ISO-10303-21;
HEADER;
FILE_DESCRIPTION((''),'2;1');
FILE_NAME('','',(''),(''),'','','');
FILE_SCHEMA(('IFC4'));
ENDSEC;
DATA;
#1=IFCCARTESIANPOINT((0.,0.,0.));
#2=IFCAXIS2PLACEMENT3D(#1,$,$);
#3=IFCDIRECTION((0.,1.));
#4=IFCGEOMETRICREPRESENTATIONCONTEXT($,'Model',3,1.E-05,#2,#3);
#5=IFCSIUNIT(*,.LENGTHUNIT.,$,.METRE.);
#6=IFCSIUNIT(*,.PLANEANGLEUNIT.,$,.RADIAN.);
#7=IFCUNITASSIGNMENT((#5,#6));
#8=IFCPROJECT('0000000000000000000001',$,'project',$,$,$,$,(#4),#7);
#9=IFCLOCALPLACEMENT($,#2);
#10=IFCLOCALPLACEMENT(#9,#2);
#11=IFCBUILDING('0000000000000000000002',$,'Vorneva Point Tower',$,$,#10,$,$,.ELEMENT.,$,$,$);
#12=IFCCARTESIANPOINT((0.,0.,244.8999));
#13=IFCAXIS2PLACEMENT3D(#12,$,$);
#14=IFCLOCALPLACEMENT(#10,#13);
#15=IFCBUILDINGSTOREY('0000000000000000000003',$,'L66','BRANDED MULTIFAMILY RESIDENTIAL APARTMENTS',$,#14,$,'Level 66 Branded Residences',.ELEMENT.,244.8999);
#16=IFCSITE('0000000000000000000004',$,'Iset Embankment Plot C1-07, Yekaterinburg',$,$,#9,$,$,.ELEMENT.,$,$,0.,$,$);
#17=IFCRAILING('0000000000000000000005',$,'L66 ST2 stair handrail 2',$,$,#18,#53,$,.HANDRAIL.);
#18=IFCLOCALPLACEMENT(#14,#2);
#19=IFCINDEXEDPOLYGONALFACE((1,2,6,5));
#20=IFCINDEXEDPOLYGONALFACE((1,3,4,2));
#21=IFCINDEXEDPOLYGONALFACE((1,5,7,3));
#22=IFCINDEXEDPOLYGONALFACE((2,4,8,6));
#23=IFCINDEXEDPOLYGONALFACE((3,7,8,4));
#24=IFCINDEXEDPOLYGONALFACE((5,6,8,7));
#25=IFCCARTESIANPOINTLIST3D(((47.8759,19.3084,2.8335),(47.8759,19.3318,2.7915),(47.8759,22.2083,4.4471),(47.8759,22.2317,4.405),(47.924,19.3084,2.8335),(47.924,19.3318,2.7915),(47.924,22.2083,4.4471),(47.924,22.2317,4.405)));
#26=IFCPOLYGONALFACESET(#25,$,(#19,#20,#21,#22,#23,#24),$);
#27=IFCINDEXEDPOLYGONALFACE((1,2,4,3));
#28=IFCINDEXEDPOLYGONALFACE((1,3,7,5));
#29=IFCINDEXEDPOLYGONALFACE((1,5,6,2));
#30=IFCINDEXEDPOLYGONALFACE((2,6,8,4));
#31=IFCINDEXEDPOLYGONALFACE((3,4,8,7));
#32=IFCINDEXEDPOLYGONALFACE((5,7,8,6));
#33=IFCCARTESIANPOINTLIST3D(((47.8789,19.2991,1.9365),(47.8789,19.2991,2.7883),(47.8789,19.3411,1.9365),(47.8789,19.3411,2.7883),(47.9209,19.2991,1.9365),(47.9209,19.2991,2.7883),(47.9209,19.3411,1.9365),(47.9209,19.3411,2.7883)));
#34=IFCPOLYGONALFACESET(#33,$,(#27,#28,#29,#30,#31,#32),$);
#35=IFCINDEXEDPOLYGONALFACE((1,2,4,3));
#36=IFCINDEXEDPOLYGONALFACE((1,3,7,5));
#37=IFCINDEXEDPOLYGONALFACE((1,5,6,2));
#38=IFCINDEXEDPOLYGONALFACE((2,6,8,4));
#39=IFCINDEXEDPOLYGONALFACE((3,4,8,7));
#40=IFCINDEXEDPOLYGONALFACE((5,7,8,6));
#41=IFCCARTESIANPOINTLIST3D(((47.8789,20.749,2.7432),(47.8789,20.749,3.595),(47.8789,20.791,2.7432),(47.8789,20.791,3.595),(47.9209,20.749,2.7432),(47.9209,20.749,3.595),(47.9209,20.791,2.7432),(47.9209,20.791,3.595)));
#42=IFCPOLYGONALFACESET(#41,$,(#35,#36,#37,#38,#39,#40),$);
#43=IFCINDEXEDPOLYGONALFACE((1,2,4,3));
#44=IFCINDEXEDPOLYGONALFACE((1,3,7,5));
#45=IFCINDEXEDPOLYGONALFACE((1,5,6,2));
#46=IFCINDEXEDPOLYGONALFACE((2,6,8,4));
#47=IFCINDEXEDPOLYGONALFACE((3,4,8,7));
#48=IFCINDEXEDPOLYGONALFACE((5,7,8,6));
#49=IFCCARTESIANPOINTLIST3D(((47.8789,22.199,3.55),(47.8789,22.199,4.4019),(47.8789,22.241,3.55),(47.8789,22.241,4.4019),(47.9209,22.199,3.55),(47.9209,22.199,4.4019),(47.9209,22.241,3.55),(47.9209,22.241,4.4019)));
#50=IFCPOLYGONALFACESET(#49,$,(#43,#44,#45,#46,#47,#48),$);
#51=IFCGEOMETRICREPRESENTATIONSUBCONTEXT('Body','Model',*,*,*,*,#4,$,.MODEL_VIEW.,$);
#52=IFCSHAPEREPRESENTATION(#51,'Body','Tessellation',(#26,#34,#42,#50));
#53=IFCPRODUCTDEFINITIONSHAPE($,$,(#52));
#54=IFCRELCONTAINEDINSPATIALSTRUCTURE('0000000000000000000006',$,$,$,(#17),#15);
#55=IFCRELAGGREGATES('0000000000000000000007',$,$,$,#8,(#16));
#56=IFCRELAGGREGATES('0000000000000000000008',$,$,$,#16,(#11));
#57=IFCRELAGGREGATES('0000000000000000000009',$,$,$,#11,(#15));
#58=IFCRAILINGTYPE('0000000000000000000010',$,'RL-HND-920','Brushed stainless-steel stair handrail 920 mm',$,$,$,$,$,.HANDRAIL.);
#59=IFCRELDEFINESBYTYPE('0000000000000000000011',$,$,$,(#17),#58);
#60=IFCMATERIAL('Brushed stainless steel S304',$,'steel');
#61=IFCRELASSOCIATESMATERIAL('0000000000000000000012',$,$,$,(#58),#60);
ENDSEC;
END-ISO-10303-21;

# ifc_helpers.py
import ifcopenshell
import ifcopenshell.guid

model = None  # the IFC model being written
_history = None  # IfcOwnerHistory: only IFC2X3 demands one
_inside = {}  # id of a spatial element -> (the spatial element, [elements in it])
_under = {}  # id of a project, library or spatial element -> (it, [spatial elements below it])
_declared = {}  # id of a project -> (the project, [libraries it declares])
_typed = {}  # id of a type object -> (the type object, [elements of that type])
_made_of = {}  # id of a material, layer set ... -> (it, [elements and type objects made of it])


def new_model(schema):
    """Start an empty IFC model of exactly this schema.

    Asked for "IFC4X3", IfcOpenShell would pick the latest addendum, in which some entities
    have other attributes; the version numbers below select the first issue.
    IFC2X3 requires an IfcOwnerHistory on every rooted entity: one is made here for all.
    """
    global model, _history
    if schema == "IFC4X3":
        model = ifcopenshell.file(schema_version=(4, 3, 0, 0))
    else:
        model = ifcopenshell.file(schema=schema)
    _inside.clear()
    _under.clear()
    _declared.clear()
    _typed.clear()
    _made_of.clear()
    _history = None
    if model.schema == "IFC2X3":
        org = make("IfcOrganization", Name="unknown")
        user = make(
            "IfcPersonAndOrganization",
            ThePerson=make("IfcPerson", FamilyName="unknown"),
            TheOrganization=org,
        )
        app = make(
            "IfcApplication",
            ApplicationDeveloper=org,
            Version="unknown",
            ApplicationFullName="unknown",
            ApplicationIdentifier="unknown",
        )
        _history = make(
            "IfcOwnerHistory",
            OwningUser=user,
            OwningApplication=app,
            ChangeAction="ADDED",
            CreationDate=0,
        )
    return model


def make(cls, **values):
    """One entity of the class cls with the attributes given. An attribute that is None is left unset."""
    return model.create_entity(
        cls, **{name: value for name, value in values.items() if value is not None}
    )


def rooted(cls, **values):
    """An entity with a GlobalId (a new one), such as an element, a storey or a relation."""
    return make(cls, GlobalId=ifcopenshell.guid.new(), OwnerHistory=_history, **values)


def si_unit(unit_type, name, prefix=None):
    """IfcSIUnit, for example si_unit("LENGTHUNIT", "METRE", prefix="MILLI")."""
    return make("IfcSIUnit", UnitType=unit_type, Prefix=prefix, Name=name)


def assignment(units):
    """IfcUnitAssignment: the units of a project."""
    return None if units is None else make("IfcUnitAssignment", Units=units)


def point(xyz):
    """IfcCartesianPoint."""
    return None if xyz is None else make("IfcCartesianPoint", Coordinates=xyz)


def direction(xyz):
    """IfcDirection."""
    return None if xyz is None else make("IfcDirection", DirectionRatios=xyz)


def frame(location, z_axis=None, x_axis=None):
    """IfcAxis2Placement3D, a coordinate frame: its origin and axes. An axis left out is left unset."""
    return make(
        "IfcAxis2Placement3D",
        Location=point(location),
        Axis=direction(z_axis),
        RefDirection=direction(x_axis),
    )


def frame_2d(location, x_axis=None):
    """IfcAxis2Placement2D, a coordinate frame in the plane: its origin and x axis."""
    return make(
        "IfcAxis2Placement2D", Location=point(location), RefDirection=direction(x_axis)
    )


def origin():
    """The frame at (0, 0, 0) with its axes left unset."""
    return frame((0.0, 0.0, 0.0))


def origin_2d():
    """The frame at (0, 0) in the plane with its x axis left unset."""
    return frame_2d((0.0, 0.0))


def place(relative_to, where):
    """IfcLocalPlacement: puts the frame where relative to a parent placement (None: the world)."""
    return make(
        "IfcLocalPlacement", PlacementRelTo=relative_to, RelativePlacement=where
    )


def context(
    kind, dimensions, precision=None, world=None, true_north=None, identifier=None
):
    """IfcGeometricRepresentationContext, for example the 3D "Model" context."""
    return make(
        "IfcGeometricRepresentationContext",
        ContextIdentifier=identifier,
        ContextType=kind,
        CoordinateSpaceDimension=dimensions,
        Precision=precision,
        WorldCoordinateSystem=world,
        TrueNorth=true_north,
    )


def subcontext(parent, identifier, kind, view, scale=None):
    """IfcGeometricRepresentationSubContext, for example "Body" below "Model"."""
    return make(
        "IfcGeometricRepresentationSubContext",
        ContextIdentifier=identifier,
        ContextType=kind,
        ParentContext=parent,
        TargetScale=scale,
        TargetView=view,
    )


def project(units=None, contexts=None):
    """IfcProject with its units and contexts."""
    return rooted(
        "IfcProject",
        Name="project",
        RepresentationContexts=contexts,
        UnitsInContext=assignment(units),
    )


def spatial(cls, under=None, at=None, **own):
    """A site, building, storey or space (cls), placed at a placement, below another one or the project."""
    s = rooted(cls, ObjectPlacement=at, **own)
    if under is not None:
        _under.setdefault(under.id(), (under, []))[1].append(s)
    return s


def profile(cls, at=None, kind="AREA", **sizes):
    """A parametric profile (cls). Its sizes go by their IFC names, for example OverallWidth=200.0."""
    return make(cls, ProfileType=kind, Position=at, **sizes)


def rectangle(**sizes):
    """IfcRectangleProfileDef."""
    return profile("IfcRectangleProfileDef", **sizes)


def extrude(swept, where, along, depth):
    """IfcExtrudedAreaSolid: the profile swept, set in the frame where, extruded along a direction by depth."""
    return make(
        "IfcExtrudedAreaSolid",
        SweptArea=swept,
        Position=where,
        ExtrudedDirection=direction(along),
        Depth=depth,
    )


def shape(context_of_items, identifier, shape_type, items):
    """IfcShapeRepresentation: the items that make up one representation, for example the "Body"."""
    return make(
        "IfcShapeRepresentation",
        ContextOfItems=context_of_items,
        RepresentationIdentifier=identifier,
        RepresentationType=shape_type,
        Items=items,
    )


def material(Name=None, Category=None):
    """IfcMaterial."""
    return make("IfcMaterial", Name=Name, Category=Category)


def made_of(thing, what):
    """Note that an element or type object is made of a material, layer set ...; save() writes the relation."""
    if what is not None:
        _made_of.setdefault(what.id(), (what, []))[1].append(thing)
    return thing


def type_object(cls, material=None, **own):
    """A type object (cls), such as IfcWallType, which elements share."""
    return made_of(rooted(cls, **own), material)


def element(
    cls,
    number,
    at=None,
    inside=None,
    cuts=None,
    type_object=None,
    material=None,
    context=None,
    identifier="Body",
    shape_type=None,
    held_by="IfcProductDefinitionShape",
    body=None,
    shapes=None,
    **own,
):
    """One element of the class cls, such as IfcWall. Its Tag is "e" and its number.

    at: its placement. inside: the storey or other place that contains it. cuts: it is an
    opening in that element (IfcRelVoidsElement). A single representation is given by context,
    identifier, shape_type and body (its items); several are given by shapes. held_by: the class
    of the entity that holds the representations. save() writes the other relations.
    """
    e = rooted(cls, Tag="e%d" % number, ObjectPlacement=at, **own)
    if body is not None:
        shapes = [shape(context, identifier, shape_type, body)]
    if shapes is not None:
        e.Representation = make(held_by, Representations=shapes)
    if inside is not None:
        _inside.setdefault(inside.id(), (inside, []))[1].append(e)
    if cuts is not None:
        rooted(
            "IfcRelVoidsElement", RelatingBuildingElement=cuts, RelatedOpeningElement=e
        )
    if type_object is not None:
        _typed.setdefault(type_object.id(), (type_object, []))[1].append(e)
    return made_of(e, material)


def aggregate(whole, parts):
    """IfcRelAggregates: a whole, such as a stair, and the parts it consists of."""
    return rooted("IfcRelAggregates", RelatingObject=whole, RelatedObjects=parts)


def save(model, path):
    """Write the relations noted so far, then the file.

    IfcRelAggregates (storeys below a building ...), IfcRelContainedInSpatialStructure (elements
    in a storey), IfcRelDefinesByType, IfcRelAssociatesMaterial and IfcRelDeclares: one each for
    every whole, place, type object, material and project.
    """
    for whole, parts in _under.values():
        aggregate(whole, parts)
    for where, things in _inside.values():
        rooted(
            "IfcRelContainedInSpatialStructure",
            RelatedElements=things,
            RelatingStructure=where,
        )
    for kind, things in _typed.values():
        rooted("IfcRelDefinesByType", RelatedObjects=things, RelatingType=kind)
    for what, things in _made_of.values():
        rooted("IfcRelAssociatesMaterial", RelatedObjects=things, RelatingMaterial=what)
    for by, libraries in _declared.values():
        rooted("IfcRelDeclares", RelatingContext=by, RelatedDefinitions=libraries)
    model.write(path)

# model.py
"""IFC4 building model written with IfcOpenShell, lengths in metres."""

from ifc_helpers import new_model, si_unit, direction, frame, origin, origin_2d, place, context, subcontext, project, spatial, rectangle, extrude, material, type_object, element, save


model = new_model("IFC4")

# Units and contexts
model_context = context("Model", 3, precision=1e-05, world=origin(), true_north=direction((0.0, 1.0)))
body_context = subcontext(model_context, "Body", "Model", "MODEL_VIEW")
ifc_project = project(units=[si_unit("LENGTHUNIT", "METRE"), si_unit("PLANEANGLEUNIT", "RADIAN")], contexts=[model_context])

# Site, building, storey
site_placement = place(None, origin())
site = spatial("IfcSite", under=ifc_project, at=site_placement, Name="Iset Embankment Plot C1-07, Yekaterinburg", CompositionType="ELEMENT", RefElevation=0.0)
building_placement = place(site_placement, origin())
building = spatial("IfcBuilding", under=site, at=building_placement, Name="Vorneva Point Tower", CompositionType="ELEMENT")
storey_placement = place(building_placement, frame((0.0, 0.0, 244.8999)))
storey = spatial("IfcBuildingStorey", under=building, at=storey_placement, Name="L66", Description="BRANDED MULTIFAMILY RESIDENTIAL APARTMENTS", LongName="Level 66 Branded Residences", CompositionType="ELEMENT", Elevation=244.8999)

# Railing
ifc_material_1 = material(Name="Brushed stainless steel S304", Category="steel")
railing_type = type_object("IfcRailingType", Name="RL-HND-920", Description="Brushed stainless-steel stair handrail 920 mm", PredefinedType="HANDRAIL", material=ifc_material_1)
railing_placement = place(storey_placement, frame((47.8999, 19.3201, 1.9365)))
element("IfcRailing", 1, at=railing_placement, inside=storey, type_object=railing_type, Name="L66 ST2 stair handrail 2", PredefinedType="HANDRAIL", context=body_context, shape_type="SweptSolid", body=[
    extrude(rectangle(XDim=0.0481, YDim=0.0481, at=origin_2d()), frame((0.0, 0.0, 0.876), z_axis=(0.0, 0.873841, 0.486211), x_axis=(-1.0, 0.0, 0.0)), (0.0, 0.0, 1.0), 3.3186),
    extrude(rectangle(XDim=0.042, YDim=0.042, at=origin_2d()), origin(), (0.0, 0.0, 1.0), 0.8518),
    extrude(rectangle(XDim=0.042, YDim=0.042, at=origin_2d()), frame((0.0, 1.45, 0.8066)), (0.0, 0.0, 1.0), 0.8518),
    extrude(rectangle(XDim=0.042, YDim=0.042, at=origin_2d()), frame((0.0, 2.8999, 1.6135)), (0.0, 0.0, 1.0), 0.8518),
])

save(model, "model.ifc")
